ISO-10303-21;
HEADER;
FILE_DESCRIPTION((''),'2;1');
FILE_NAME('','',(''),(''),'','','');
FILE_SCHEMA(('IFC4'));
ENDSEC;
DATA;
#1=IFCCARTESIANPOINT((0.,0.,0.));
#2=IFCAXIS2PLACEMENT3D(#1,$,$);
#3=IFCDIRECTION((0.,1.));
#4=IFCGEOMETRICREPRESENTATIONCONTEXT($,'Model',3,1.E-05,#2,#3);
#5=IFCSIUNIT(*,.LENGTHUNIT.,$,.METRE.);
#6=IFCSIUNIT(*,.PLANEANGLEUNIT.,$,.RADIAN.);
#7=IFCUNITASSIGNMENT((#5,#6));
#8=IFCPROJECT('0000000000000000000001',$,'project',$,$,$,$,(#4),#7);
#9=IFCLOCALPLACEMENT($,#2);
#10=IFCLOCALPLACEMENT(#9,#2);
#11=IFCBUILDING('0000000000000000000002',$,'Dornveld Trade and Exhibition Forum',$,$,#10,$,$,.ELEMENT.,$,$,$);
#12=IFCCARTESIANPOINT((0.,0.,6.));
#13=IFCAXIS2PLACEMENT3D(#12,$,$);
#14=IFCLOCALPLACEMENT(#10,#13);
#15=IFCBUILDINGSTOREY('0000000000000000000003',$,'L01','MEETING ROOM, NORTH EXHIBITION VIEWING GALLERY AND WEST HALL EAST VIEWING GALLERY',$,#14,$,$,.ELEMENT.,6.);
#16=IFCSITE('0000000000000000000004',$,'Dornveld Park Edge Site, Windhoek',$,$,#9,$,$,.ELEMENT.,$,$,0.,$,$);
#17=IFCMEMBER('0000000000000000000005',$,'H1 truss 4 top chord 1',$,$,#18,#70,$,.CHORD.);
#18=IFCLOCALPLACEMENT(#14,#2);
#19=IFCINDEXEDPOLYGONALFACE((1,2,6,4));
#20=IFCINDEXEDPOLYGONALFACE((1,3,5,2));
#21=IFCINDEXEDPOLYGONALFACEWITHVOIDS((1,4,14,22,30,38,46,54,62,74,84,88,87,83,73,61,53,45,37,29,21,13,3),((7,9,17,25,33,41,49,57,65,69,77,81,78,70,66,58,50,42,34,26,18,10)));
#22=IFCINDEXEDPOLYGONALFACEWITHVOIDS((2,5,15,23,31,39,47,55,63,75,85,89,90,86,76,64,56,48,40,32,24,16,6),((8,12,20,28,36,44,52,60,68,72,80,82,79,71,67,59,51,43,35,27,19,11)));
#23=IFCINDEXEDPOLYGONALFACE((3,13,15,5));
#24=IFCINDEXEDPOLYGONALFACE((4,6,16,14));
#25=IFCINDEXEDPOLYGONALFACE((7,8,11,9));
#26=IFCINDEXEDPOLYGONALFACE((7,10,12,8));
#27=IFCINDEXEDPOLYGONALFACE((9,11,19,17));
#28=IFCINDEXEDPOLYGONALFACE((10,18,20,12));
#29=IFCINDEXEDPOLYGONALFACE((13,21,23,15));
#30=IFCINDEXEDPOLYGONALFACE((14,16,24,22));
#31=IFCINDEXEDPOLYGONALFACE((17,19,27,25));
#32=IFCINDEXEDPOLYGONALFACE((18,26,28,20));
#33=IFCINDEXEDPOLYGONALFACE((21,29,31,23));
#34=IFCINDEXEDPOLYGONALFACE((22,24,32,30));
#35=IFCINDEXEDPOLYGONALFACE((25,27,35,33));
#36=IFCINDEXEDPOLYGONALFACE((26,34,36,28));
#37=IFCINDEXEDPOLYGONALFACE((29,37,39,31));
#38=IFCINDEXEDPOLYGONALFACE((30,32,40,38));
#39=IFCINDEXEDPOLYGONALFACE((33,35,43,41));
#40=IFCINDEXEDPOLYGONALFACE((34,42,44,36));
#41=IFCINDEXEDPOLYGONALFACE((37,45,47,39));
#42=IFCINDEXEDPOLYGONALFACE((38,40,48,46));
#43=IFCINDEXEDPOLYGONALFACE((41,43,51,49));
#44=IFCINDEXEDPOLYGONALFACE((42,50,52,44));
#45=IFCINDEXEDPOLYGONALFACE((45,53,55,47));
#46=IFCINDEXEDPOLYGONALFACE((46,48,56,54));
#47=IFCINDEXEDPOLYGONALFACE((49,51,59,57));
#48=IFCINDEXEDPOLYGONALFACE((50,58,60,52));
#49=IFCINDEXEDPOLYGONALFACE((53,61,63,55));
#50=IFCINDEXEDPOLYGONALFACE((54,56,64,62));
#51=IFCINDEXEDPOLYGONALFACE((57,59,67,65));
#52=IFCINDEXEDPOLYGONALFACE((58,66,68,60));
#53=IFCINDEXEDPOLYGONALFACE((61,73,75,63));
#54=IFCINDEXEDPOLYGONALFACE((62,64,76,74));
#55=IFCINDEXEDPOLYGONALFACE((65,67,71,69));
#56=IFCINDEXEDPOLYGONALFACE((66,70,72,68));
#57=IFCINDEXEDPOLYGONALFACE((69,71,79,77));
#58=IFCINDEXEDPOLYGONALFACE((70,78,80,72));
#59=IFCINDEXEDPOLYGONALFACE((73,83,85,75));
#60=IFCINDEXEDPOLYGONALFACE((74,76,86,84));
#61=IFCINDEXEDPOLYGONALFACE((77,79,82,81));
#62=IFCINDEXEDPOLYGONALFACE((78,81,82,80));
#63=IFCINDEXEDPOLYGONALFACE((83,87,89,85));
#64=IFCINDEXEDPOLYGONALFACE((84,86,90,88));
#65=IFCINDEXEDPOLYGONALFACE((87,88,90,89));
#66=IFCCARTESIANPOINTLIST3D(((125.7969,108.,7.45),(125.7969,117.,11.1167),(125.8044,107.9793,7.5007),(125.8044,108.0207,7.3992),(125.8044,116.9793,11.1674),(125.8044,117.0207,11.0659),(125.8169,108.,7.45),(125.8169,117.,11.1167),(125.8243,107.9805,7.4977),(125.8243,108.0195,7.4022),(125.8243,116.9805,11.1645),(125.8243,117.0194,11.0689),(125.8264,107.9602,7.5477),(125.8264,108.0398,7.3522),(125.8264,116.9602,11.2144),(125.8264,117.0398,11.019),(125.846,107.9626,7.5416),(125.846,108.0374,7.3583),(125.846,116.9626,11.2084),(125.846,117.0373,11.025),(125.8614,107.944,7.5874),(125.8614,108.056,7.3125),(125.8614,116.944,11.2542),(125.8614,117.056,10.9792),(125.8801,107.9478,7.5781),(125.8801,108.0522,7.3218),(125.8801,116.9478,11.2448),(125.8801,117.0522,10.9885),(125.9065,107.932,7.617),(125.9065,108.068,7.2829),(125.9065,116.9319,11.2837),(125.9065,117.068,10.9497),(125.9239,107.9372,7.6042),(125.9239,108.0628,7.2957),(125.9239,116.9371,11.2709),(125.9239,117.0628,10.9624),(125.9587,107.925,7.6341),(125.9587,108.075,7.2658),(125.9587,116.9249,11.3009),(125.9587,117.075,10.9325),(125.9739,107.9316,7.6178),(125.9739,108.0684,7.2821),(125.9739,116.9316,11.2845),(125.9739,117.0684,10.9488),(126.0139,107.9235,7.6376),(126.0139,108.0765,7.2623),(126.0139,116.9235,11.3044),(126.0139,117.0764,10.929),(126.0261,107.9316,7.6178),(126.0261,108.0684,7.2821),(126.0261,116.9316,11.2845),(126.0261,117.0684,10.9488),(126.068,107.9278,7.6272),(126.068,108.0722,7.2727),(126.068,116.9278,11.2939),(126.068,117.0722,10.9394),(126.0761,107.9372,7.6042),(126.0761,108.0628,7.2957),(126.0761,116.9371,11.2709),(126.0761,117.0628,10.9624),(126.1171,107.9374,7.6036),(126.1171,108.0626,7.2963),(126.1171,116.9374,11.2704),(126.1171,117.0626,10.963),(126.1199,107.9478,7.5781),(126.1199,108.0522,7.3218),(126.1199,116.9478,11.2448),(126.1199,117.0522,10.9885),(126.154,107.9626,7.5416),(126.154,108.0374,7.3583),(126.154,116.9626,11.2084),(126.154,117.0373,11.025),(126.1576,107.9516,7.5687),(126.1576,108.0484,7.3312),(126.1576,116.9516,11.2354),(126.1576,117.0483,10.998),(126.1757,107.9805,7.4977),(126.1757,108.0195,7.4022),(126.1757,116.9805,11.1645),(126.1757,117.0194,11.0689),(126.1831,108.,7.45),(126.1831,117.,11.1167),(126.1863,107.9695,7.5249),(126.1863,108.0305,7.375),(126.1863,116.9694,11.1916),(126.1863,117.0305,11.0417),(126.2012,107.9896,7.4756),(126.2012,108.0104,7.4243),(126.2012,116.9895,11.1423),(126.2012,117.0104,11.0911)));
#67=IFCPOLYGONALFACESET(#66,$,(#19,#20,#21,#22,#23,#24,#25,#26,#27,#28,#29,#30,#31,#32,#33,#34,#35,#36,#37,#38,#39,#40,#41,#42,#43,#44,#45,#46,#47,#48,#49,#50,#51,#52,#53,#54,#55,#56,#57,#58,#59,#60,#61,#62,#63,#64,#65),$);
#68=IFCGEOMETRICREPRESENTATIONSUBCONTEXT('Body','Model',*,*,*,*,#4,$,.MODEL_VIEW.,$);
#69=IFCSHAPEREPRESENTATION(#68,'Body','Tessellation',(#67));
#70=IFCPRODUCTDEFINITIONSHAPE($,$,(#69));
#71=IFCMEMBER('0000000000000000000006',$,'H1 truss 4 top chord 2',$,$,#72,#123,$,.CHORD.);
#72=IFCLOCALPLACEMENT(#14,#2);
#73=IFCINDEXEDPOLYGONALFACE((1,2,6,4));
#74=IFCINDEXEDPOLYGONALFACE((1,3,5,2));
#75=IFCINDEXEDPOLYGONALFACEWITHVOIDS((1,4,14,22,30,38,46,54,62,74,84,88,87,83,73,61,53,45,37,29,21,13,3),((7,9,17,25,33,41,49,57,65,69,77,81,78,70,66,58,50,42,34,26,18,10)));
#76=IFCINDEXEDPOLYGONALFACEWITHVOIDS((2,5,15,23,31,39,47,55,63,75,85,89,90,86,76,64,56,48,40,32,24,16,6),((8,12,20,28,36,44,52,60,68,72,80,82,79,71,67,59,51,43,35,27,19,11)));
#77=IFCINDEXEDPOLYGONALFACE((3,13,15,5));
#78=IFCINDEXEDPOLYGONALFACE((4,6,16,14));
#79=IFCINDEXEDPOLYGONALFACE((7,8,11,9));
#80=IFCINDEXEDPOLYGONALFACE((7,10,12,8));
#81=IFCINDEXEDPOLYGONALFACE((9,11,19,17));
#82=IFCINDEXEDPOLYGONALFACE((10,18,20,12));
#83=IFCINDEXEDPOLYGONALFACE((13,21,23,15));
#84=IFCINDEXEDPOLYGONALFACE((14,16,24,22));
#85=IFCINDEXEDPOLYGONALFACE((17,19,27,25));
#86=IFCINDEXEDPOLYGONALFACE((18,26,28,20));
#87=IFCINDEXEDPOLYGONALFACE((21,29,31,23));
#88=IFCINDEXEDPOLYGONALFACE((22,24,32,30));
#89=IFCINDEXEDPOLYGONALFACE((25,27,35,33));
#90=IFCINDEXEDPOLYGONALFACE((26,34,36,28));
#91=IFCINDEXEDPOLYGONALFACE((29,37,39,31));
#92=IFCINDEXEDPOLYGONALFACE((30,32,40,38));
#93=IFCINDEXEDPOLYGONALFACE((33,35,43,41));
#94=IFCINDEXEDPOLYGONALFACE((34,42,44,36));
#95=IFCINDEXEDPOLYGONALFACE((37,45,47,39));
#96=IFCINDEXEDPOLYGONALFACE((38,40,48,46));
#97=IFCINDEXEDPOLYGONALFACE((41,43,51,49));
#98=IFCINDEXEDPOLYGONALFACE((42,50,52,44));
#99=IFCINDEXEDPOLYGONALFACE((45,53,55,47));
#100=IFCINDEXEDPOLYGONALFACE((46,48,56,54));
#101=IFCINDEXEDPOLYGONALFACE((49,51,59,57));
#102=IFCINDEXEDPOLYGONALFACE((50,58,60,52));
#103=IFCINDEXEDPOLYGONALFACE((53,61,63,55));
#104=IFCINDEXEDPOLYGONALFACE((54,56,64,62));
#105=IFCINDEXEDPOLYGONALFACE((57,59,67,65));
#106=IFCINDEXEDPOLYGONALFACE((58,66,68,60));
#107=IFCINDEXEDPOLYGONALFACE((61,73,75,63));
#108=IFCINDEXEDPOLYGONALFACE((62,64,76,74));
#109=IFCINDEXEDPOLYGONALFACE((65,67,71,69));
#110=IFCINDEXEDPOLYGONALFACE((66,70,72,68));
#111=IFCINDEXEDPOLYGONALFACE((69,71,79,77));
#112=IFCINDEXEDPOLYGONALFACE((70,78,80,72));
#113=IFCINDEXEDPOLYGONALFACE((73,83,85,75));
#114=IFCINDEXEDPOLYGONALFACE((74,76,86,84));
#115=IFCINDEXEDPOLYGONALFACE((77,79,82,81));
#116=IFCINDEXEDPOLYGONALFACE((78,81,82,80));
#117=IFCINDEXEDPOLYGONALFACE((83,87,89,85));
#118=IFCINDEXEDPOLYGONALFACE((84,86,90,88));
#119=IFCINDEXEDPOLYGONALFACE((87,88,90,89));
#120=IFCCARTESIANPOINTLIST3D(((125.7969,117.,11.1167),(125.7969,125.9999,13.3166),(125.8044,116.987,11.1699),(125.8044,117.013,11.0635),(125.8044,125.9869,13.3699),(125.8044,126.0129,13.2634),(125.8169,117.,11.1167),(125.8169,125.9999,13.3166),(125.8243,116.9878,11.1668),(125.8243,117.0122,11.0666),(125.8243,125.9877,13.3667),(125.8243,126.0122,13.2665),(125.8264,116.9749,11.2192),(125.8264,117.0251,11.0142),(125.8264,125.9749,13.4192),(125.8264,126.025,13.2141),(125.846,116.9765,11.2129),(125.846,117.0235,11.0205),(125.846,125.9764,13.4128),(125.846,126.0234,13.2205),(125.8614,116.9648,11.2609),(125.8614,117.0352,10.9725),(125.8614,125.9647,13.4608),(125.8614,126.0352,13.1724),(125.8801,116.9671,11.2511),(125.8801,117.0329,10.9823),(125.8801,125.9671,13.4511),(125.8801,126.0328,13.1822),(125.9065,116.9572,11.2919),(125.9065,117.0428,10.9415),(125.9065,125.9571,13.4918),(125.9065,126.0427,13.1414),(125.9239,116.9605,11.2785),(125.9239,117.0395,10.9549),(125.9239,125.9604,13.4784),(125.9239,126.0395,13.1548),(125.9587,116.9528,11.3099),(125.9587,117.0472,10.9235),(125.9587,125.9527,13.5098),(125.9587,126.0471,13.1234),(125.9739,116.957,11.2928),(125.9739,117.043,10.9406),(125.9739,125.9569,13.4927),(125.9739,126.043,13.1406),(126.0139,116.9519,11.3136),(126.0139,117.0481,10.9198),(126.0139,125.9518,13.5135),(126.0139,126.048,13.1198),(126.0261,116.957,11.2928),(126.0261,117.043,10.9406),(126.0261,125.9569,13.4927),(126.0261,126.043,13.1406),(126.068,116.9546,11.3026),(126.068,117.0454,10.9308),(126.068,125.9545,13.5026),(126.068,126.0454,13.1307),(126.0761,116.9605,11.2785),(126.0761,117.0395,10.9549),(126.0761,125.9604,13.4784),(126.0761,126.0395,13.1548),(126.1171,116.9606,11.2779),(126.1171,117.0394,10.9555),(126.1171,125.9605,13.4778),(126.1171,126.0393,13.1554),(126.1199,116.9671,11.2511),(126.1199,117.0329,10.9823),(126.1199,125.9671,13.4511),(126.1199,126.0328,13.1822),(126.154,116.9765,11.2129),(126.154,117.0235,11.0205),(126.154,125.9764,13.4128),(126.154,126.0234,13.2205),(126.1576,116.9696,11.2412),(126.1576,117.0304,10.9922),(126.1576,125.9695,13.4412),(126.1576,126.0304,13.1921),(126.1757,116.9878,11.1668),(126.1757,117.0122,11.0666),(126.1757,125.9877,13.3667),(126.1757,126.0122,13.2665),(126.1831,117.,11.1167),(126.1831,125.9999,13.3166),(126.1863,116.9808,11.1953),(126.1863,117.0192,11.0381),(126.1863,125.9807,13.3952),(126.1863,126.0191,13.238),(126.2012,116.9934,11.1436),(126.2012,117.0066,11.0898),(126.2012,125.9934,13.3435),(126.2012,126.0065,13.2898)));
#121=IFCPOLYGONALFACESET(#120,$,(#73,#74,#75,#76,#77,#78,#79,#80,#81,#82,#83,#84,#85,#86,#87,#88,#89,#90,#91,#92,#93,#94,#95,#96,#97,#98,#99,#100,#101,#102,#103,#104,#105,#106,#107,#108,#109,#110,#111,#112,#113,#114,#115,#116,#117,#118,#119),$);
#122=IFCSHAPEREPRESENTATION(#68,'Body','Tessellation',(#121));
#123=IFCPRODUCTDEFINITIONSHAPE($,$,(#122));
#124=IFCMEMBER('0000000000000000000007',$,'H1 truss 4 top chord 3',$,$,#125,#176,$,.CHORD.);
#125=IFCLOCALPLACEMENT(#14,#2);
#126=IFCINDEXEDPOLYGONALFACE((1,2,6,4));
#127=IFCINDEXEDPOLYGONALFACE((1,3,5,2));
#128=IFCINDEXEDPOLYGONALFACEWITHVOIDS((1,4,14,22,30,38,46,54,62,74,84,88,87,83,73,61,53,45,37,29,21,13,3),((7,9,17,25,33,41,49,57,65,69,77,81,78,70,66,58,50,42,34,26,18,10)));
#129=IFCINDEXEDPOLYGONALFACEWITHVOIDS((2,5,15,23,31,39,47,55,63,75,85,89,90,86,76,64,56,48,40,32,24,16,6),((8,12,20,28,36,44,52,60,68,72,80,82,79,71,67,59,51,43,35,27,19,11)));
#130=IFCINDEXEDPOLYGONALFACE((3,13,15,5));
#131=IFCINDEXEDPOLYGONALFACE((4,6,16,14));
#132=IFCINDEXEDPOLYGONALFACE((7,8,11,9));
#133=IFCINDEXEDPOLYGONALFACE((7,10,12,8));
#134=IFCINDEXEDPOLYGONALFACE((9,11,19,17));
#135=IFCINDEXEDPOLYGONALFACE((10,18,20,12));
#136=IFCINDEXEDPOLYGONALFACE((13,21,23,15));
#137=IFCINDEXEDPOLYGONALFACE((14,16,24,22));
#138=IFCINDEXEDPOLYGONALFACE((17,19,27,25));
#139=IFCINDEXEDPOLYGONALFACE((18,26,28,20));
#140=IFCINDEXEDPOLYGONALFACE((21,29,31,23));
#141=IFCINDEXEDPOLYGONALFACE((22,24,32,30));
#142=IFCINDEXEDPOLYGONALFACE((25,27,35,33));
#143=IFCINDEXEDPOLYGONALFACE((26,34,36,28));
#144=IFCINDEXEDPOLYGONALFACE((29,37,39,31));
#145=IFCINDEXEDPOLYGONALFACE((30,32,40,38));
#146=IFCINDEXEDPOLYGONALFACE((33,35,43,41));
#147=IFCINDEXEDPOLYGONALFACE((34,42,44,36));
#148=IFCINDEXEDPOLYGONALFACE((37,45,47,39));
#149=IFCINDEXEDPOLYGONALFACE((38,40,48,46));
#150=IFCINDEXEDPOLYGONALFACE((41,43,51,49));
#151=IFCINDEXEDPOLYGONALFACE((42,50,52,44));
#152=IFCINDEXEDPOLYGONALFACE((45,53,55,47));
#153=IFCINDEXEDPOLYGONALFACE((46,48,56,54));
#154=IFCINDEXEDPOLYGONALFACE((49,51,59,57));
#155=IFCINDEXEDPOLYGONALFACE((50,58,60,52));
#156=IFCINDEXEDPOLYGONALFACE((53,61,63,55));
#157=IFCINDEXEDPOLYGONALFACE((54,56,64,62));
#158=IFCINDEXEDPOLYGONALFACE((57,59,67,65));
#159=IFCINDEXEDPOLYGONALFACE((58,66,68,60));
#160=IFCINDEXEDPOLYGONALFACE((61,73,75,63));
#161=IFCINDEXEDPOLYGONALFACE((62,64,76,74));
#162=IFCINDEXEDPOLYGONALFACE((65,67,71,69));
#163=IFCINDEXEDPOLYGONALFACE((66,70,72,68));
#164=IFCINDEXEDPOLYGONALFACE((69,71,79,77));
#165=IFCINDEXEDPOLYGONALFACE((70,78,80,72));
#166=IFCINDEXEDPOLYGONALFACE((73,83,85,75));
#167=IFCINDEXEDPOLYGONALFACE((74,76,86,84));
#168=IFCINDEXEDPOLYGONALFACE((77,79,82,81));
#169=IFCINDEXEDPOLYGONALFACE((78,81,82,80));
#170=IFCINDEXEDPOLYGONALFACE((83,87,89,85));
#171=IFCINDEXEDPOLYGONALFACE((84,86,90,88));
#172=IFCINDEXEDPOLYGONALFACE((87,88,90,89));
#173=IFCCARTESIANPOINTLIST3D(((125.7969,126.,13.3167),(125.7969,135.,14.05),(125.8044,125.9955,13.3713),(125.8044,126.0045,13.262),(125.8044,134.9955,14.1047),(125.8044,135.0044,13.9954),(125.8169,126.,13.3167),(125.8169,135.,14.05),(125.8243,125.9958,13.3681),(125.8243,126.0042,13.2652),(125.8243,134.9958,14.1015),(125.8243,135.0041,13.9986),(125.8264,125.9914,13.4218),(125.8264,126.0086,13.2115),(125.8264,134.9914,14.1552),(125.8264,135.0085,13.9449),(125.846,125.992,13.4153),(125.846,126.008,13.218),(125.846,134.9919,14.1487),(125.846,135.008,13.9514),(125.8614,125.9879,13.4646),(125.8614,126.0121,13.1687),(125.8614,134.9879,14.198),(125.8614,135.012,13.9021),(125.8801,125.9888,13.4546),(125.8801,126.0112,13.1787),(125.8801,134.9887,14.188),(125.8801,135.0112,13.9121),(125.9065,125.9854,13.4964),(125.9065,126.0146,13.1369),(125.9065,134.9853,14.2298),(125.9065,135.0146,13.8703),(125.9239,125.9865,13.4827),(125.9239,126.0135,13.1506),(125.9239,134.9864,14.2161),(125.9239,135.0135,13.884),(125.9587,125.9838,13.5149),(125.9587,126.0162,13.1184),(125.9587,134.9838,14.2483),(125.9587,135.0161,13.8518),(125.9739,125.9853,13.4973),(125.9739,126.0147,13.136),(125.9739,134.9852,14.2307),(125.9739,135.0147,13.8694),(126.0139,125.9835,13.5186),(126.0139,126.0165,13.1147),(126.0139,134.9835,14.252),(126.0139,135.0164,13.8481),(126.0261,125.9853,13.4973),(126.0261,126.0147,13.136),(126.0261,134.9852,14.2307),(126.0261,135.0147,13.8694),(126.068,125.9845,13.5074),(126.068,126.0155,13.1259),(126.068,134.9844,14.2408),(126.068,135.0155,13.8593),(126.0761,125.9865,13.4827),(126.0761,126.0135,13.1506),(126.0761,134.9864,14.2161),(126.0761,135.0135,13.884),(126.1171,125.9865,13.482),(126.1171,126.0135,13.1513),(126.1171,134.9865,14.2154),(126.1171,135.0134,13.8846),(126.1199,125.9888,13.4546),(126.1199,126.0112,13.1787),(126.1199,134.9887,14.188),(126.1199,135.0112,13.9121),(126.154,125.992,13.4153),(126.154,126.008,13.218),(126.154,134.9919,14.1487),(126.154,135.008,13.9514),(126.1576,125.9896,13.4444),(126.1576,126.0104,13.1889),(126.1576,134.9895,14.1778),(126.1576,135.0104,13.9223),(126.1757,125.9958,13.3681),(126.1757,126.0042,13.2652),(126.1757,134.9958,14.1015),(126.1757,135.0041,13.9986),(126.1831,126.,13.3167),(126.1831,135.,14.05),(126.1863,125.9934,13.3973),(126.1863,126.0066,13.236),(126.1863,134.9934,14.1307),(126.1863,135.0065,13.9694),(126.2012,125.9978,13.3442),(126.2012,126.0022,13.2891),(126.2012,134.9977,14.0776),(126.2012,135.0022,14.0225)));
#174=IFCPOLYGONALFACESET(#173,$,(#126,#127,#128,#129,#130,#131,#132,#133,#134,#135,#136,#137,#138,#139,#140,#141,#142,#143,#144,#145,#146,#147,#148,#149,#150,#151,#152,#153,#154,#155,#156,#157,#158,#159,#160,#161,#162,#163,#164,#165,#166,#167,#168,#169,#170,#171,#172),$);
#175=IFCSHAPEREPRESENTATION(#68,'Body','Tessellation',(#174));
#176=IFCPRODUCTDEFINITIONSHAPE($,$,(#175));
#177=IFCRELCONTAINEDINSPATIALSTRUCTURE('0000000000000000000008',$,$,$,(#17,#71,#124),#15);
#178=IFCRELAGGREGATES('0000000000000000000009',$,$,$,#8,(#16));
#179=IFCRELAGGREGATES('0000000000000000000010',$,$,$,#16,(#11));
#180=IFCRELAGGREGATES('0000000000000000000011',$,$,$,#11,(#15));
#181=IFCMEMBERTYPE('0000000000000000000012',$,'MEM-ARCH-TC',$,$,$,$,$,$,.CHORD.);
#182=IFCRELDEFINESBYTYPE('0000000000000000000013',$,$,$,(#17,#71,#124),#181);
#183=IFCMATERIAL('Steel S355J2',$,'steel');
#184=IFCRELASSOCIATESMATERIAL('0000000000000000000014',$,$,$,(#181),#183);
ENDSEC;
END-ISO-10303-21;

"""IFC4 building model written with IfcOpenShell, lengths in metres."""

from ifc_helpers import new_model, si_unit, direction, frame, origin, origin_2d, place, context, subcontext, project, spatial, hollow_circle, extrude, material, material_profile, profile_set, type_object, element, save


model = new_model("IFC4")

# Units and contexts
model_context = context("Model", 3, precision=1e-05, world=origin(), true_north=direction((0.0, 1.0)))
body_context = subcontext(model_context, "Body", "Model", "MODEL_VIEW")
ifc_project = project(units=[si_unit("LENGTHUNIT", "METRE"), si_unit("PLANEANGLEUNIT", "RADIAN")], contexts=[model_context])

# Site, building, storey
site_placement = place(None, origin())
site = spatial("IfcSite", under=ifc_project, at=site_placement, Name="Dornveld Park Edge Site, Windhoek", CompositionType="ELEMENT", RefElevation=0.0)
building_placement = place(site_placement, origin())
building = spatial("IfcBuilding", under=site, at=building_placement, Name="Dornveld Trade and Exhibition Forum", CompositionType="ELEMENT")
storey_placement = place(building_placement, frame((0.0, 0.0, 6.0)))
storey = spatial("IfcBuildingStorey", under=building, at=storey_placement, Name="L01", Description="MEETING ROOM, NORTH EXHIBITION VIEWING GALLERY AND WEST HALL EAST VIEWING GALLERY", CompositionType="ELEMENT", Elevation=6.0)

# Members
ifc_material_1 = material(Name="Steel S355J2", Category="steel")
ifc_material_profile_1 = material_profile(ifc_material_1, hollow_circle(Radius=0.2031, WallThickness=0.02, at=origin_2d()), Name="CHS 406.4x20")
ifc_profile_set_1 = profile_set([ifc_material_profile_1], Name="Steel S355J2")
member_type_1 = type_object("IfcMemberType", Name="MEM-ARCH-TC", PredefinedType="CHORD", material=ifc_profile_set_1)
member_1_placement = place(storey_placement, frame((126.0, 108.0, 7.45), z_axis=(0.0, 0.926089, 0.377304), x_axis=(-1.0, 0.0, 0.0)))
element("IfcMember", 1, at=member_1_placement, inside=storey, type_object=member_type_1, Name="H1 truss 4 top chord 1", PredefinedType="CHORD", context=body_context, shape_type="SweptSolid", body=[
    extrude(hollow_circle(Radius=0.2031, WallThickness=0.02, at=origin_2d()), origin(), (0.0, 0.0, 1.0), 9.7183),
])
member_2_placement = place(storey_placement, frame((126.0, 117.0, 11.1167), z_axis=(0.0, 0.9714, 0.237448), x_axis=(-1.0, 0.0, 0.0)))
element("IfcMember", 2, at=member_2_placement, inside=storey, type_object=member_type_1, Name="H1 truss 4 top chord 2", PredefinedType="CHORD", context=body_context, shape_type="SweptSolid", body=[
    extrude(hollow_circle(Radius=0.2031, WallThickness=0.02, at=origin_2d()), origin(), (0.0, 0.0, 1.0), 9.2649),
])
member_3_placement = place(storey_placement, frame((126.0, 126.0, 13.3167), z_axis=(0.0, 0.996696, 0.081219), x_axis=(-1.0, 0.0, 0.0)))
element("IfcMember", 3, at=member_3_placement, inside=storey, type_object=member_type_1, Name="H1 truss 4 top chord 3", PredefinedType="CHORD", context=body_context, shape_type="SweptSolid", body=[
    extrude(hollow_circle(Radius=0.2031, WallThickness=0.02, at=origin_2d()), origin(), (0.0, 0.0, 1.0), 9.0298),
])

save(model, "model.ifc")
